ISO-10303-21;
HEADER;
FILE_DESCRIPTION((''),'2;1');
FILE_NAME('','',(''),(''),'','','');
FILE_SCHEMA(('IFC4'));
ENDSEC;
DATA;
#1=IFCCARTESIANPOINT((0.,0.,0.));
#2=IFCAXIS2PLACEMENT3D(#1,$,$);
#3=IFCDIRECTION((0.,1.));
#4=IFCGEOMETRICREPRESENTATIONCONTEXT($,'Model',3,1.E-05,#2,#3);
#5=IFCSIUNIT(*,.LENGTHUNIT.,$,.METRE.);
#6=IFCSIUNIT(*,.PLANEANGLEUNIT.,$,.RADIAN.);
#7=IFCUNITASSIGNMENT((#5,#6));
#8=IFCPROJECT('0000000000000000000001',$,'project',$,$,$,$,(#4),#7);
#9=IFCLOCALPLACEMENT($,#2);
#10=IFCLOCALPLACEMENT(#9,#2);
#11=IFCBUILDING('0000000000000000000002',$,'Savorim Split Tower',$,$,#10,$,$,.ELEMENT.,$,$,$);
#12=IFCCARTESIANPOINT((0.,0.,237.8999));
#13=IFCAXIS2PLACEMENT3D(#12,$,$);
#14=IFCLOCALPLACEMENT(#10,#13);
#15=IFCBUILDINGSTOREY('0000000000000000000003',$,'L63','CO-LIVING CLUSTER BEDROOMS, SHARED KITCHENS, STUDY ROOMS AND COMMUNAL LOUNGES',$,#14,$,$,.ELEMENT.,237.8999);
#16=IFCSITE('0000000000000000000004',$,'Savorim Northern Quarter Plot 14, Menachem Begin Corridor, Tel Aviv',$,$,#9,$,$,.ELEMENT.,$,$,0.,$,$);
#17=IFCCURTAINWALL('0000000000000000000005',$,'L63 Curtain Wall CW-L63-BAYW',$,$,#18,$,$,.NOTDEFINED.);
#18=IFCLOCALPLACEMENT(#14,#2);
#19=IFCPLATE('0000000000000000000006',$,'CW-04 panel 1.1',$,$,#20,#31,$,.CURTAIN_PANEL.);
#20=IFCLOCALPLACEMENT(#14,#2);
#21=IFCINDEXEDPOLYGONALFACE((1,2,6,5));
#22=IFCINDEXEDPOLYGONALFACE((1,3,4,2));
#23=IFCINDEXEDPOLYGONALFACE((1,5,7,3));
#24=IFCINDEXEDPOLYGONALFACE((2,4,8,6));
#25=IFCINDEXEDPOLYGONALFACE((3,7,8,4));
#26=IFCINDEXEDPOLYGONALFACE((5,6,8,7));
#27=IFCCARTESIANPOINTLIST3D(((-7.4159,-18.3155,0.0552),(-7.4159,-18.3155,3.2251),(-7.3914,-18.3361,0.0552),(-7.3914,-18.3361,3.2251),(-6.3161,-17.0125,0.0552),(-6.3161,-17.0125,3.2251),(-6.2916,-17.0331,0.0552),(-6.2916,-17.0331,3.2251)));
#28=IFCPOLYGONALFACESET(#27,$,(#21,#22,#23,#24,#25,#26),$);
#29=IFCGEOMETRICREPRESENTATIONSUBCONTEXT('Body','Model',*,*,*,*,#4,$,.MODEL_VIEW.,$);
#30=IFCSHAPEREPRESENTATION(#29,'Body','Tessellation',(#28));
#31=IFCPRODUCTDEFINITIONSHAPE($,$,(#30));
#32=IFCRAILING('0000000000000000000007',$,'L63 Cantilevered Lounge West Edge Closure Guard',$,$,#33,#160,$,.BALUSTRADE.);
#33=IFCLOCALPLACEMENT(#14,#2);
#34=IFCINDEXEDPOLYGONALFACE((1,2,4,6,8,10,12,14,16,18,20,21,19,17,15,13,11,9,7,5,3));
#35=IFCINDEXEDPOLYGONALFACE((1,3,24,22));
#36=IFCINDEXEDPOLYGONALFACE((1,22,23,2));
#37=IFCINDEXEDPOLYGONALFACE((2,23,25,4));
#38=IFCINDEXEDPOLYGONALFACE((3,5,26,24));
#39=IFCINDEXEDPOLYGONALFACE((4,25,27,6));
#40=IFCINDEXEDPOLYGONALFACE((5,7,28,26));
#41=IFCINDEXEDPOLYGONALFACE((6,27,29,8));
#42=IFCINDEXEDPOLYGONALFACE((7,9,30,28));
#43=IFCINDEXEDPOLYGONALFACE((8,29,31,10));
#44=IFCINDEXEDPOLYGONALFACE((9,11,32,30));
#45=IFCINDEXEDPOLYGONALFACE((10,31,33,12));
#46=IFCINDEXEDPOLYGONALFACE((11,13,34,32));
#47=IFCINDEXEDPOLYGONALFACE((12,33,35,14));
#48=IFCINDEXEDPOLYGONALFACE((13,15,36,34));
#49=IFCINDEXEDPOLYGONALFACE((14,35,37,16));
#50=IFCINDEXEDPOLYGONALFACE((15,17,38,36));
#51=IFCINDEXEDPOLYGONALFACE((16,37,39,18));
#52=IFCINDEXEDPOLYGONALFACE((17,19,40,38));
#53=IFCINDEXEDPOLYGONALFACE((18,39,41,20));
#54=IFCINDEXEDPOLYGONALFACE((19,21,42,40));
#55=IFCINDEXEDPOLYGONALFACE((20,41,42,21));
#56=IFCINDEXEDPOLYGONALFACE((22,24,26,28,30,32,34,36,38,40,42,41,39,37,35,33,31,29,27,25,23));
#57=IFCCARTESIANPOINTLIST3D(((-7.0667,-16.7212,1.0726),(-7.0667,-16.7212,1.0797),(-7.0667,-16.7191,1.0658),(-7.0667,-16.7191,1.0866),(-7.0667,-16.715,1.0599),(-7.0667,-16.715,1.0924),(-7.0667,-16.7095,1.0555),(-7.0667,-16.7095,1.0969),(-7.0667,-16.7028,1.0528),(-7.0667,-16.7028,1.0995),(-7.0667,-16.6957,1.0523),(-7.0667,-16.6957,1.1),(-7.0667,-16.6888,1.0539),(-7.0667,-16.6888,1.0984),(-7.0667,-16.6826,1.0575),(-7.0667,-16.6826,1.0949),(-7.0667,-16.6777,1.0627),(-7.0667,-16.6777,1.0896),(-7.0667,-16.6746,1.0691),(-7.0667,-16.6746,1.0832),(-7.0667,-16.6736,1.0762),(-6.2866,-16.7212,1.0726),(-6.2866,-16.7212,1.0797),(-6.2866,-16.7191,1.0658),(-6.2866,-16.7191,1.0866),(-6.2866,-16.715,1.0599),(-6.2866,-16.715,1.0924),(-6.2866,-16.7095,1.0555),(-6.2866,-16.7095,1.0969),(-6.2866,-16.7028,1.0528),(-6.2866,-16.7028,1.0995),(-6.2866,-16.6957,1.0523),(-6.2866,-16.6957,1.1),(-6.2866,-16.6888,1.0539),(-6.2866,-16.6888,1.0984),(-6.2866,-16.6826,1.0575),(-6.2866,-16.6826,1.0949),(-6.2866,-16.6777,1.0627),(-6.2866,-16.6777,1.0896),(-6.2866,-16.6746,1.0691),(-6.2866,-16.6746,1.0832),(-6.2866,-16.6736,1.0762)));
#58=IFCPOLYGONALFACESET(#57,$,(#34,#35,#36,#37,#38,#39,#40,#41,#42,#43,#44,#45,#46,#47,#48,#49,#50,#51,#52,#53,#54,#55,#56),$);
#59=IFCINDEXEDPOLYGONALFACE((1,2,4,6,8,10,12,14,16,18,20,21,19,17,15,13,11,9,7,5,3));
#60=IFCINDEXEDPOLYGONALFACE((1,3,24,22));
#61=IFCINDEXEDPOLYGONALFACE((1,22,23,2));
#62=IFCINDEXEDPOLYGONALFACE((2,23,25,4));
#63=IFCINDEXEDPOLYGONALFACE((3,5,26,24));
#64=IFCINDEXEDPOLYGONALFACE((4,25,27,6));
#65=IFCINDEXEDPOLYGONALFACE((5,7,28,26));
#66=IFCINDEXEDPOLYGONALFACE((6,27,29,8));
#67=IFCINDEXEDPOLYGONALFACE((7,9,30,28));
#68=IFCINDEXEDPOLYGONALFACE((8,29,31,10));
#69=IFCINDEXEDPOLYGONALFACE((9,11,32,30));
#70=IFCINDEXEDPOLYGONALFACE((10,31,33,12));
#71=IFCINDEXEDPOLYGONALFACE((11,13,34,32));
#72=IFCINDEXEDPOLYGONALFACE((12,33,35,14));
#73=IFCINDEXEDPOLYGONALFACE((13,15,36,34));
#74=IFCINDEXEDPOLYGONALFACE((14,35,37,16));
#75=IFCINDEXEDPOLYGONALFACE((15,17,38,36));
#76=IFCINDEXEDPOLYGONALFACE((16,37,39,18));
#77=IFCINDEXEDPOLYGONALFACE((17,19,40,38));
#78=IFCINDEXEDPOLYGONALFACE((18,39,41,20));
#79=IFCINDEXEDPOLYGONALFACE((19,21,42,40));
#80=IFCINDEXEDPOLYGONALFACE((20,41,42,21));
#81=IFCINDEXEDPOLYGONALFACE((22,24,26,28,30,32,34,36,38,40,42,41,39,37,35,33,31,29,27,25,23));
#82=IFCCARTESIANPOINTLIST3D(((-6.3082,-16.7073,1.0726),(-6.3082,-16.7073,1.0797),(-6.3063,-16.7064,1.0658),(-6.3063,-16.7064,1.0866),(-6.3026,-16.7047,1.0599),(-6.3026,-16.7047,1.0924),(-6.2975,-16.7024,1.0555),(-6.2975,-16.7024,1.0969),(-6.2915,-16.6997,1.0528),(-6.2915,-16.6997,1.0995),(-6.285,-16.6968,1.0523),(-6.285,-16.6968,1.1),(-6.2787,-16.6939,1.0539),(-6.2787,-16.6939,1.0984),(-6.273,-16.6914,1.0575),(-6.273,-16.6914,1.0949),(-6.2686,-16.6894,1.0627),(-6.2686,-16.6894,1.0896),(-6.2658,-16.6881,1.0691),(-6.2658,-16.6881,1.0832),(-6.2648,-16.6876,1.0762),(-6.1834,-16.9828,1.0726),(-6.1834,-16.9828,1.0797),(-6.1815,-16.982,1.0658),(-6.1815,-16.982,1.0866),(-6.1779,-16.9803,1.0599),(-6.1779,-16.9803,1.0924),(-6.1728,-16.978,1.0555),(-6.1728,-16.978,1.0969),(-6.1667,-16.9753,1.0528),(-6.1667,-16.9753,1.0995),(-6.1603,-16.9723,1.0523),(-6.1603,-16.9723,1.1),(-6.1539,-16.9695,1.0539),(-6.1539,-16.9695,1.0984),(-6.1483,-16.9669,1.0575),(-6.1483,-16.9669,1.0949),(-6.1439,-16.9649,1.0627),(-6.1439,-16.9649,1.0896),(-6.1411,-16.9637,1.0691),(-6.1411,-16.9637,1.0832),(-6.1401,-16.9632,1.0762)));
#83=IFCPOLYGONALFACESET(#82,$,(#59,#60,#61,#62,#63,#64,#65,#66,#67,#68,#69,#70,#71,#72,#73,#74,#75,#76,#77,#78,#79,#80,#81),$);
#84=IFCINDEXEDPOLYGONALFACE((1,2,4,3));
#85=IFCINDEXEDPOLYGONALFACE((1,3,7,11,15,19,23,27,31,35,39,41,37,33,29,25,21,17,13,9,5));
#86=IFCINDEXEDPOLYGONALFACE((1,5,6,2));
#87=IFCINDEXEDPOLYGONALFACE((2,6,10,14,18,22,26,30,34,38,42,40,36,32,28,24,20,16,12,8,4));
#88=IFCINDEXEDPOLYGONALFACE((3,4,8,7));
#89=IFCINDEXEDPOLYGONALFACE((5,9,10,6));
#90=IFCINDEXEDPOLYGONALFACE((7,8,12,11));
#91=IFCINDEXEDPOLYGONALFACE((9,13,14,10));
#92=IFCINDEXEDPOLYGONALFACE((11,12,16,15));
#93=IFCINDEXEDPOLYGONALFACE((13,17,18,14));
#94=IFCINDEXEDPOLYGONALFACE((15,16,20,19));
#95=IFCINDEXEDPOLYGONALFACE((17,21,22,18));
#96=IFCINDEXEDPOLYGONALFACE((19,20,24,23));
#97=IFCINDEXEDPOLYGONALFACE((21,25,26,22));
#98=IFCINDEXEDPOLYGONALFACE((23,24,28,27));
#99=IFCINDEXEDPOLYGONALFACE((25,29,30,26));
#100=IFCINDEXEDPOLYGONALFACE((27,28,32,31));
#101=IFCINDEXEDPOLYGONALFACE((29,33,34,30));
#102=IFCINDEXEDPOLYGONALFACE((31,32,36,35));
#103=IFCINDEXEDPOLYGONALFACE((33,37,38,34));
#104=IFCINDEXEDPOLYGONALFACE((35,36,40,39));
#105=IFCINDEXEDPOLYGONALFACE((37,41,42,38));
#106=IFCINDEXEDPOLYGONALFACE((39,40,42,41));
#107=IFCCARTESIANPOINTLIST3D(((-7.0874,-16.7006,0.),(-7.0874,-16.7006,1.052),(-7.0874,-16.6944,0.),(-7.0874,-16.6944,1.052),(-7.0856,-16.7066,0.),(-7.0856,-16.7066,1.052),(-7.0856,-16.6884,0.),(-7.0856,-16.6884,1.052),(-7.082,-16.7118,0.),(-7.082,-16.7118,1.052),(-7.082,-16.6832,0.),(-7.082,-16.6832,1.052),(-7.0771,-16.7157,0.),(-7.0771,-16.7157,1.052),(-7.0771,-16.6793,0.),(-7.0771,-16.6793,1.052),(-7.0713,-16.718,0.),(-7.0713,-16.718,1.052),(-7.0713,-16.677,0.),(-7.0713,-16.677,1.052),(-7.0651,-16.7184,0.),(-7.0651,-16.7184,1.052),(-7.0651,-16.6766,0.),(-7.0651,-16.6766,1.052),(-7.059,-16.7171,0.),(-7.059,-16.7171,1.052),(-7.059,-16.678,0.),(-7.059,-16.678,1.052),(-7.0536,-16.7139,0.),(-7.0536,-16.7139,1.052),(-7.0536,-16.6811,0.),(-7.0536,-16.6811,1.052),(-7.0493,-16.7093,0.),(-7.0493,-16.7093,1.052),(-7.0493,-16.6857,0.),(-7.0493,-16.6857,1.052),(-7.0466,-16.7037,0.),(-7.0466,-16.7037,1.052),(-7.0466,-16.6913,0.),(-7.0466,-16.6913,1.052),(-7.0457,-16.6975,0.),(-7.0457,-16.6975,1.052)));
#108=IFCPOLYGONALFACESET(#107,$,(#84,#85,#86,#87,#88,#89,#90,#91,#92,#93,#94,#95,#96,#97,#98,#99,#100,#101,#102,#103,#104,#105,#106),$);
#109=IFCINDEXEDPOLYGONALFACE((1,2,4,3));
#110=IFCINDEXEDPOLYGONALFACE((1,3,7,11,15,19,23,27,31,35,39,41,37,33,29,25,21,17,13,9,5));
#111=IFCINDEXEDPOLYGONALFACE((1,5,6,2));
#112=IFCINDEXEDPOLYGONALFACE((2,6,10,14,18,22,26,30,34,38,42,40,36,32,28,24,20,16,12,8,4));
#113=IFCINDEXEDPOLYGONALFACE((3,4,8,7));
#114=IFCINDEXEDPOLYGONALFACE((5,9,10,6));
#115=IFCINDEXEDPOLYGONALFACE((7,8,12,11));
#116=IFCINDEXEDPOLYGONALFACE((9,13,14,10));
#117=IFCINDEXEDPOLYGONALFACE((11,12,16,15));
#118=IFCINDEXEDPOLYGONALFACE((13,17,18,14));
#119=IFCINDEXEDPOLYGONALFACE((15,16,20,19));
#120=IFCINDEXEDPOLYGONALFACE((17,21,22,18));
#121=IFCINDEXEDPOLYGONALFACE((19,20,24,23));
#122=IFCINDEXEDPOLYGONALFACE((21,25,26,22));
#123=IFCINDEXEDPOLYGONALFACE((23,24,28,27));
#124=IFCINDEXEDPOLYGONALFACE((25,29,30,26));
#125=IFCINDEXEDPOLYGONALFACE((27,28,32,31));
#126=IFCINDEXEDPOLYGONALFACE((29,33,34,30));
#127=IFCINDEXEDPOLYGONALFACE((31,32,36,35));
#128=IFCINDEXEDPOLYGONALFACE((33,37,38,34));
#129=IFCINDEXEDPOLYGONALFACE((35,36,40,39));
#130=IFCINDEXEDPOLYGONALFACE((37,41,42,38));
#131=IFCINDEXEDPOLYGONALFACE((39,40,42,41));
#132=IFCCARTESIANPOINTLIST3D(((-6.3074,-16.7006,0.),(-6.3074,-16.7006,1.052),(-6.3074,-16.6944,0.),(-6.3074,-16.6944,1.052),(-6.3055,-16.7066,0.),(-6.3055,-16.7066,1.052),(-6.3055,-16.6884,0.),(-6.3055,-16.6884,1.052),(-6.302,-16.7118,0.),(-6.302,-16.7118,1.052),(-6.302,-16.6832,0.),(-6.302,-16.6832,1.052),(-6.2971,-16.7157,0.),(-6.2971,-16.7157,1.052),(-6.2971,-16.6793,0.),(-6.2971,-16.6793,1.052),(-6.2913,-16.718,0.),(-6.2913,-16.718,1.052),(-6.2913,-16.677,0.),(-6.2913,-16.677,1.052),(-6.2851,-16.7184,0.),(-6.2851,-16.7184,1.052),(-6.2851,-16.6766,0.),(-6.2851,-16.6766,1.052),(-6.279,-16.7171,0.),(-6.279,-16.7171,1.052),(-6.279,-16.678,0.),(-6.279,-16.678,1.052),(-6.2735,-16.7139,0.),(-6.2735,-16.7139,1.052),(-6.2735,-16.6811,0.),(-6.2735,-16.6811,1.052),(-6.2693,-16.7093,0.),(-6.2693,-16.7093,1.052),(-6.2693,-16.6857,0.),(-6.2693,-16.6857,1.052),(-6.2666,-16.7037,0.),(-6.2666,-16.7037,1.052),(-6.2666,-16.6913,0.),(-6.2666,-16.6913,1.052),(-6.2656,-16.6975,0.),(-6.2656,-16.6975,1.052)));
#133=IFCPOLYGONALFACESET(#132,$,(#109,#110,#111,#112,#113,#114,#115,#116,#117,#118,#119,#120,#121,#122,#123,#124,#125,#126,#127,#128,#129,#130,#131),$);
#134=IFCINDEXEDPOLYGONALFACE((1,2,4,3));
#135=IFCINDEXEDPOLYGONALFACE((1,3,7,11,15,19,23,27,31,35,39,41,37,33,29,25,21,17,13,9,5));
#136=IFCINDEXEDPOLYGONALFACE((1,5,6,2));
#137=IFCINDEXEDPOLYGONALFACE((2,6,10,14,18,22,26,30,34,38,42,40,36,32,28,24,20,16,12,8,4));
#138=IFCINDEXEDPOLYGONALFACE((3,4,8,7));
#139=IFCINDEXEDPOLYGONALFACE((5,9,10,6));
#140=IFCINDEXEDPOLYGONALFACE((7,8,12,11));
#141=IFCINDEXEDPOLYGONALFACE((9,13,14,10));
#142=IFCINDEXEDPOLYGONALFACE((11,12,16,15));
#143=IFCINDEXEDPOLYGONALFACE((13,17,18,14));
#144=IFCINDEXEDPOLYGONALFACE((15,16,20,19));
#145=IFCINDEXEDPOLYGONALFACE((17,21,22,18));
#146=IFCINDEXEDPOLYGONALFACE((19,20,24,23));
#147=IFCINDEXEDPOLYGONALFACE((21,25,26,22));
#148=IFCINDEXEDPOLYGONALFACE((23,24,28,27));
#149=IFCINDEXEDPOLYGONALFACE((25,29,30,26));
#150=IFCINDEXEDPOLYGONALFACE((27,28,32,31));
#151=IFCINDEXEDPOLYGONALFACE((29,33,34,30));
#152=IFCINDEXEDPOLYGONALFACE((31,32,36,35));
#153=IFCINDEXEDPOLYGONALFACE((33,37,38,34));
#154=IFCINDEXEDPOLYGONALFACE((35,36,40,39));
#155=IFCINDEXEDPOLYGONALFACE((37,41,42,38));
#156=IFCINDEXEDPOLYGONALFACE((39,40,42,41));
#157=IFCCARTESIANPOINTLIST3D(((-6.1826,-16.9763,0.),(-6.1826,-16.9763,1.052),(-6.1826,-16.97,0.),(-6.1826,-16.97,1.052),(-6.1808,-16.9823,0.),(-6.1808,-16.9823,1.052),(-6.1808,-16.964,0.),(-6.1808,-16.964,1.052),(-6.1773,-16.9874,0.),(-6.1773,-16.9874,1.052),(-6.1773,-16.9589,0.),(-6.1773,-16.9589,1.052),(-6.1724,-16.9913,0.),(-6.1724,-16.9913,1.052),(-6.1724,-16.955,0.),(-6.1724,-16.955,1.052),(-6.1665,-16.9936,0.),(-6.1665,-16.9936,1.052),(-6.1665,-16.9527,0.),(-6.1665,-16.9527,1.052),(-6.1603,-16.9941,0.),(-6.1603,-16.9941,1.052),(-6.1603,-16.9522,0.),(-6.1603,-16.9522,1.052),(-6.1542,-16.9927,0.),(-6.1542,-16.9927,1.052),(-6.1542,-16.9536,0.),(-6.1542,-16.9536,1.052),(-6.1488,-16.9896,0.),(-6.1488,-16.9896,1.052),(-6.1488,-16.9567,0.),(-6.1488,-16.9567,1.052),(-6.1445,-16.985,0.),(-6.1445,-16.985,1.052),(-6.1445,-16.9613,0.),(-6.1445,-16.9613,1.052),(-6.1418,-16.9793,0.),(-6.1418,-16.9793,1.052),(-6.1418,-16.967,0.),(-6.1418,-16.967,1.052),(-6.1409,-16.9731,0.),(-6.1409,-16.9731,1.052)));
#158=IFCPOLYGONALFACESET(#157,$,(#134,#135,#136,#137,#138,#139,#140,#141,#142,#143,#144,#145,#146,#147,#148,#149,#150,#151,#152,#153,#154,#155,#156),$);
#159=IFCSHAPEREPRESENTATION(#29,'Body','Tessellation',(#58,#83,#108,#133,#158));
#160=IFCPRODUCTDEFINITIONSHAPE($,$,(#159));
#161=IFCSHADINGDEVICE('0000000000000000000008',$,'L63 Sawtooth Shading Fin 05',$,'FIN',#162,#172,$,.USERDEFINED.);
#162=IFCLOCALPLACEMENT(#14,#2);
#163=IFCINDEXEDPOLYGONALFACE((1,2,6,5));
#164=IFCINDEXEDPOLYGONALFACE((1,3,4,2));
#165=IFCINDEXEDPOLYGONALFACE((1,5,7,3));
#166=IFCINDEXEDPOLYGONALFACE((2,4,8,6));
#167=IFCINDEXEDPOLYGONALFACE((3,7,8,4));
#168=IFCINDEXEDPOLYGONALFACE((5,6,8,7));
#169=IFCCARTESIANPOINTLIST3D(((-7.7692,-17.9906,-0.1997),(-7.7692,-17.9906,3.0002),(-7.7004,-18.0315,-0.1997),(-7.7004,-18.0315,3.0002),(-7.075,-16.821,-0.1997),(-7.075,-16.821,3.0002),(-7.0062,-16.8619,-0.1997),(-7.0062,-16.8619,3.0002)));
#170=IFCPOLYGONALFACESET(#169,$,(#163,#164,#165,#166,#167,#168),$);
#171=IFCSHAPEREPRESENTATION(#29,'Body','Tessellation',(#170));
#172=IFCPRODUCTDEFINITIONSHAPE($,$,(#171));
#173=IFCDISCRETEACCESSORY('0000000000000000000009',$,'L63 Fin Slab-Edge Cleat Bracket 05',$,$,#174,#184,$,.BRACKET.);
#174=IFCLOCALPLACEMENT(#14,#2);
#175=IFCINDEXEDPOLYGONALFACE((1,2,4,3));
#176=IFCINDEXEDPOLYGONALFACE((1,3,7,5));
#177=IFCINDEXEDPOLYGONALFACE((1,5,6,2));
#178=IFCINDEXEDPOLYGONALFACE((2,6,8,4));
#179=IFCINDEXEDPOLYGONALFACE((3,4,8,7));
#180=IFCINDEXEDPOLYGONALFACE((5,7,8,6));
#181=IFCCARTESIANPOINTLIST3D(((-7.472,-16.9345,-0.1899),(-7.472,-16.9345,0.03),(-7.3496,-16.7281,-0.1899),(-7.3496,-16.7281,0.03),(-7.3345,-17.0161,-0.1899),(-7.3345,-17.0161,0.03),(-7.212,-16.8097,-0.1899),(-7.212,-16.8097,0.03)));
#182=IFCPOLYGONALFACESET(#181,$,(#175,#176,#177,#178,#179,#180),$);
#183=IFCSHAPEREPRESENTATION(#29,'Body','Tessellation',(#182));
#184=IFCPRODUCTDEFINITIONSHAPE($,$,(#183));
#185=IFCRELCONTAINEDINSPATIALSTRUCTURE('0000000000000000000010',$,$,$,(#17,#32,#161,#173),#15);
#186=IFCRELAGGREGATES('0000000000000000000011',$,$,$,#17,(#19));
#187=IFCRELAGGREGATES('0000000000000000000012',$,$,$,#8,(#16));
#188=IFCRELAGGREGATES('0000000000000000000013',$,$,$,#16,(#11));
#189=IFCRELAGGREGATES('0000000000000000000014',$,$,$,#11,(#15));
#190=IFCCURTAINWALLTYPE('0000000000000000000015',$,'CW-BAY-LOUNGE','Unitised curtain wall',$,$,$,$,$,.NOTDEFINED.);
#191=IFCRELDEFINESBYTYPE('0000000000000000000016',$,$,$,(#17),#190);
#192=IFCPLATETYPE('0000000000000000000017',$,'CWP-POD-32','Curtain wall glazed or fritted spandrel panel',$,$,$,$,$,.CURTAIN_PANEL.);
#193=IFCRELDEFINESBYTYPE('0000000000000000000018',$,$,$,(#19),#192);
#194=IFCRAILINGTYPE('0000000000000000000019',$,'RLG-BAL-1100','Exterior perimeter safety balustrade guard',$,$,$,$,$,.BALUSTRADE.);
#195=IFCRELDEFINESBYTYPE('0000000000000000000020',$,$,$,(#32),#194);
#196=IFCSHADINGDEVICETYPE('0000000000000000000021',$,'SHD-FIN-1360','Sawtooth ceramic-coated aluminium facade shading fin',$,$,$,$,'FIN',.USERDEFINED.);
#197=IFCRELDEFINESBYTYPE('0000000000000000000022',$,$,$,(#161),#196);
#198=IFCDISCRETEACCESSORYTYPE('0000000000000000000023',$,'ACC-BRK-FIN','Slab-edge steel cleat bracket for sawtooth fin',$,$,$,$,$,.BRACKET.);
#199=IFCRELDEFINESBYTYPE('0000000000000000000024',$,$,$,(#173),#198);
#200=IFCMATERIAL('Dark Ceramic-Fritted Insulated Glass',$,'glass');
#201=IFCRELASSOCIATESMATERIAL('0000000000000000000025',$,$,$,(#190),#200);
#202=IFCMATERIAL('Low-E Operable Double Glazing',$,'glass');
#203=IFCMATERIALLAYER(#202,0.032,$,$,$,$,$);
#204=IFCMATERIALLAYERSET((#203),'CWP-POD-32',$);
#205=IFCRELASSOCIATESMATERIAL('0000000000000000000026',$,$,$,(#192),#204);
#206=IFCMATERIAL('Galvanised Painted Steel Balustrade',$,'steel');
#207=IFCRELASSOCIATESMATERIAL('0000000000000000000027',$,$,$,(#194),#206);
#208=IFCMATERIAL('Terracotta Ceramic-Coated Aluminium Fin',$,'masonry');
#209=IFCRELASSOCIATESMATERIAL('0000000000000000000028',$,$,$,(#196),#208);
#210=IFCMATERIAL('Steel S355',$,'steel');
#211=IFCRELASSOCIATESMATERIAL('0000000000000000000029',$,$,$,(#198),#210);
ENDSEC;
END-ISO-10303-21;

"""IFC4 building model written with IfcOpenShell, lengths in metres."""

from ifc_helpers import new_model, si_unit, direction, frame, origin, origin_2d, place, context, subcontext, project, spatial, rectangle, circle, extrude, material, layer, layer_set, type_object, element, aggregate, save


model = new_model("IFC4")

# Units and contexts
model_context = context("Model", 3, precision=1e-05, world=origin(), true_north=direction((0.0, 1.0)))
body_context = subcontext(model_context, "Body", "Model", "MODEL_VIEW")
ifc_project = project(units=[si_unit("LENGTHUNIT", "METRE"), si_unit("PLANEANGLEUNIT", "RADIAN")], contexts=[model_context])

# Site, building, storey
site_placement = place(None, origin())
site = spatial("IfcSite", under=ifc_project, at=site_placement, Name="Savorim Northern Quarter Plot 14, Menachem Begin Corridor, Tel Aviv", CompositionType="ELEMENT", RefElevation=0.0)
building_placement = place(site_placement, origin())
building = spatial("IfcBuilding", under=site, at=building_placement, Name="Savorim Split Tower", CompositionType="ELEMENT")
storey_placement = place(building_placement, frame((0.0, 0.0, 237.8999)))
storey = spatial("IfcBuildingStorey", under=building, at=storey_placement, Name="L63", Description="CO-LIVING CLUSTER BEDROOMS, SHARED KITCHENS, STUDY ROOMS AND COMMUNAL LOUNGES", CompositionType="ELEMENT", Elevation=237.8999)

# Shared definitions
ifc_material_1 = material(Name="Dark Ceramic-Fritted Insulated Glass", Category="glass")

# Curtain wall
curtain_wall_type_1 = type_object("IfcCurtainWallType", Name="CW-BAY-LOUNGE", Description="Unitised curtain wall", PredefinedType="NOTDEFINED", material=ifc_material_1)
curtain_wall_1_placement = place(storey_placement, origin())
curtain_wall_1 = element("IfcCurtainWall", 1, at=curtain_wall_1_placement, inside=storey, type_object=curtain_wall_type_1, Name="L63 Curtain Wall CW-L63-BAYW", PredefinedType="NOTDEFINED")

# Plate
ifc_material_2 = material(Name="Low-E Operable Double Glazing", Category="glass")
ifc_layer_1 = layer(ifc_material_2, 0.032)
ifc_layer_set_1 = layer_set([ifc_layer_1], Name="CWP-POD-32")
plate_type_1 = type_object("IfcPlateType", Name="CWP-POD-32", Description="Curtain wall glazed or fritted spandrel panel", PredefinedType="CURTAIN_PANEL", material=ifc_layer_set_1)
plate_1_placement = place(storey_placement, frame((-6.8538, -17.6743, 0.0552), z_axis=(0.0, 0.0, 1.0), x_axis=(-0.645006, -0.764177, 0.0)))
plate_1 = element("IfcPlate", 2, at=plate_1_placement, type_object=plate_type_1, Name="CW-04 panel 1.1", PredefinedType="CURTAIN_PANEL", context=body_context, shape_type="SweptSolid", body=[
    extrude(rectangle(XDim=1.7051, YDim=0.032, at=origin_2d()), origin(), (0.0, 0.0, 1.0), 3.1699),
])
aggregate(curtain_wall_1, [plate_1])

# Railing
ifc_material_3 = material(Name="Galvanised Painted Steel Balustrade", Category="steel")
railing_type = type_object("IfcRailingType", Name="RLG-BAL-1100", Description="Exterior perimeter safety balustrade guard", PredefinedType="BALUSTRADE", material=ifc_material_3)
railing_placement = place(storey_placement, frame((-7.0667, -16.6975, 0.0)))
element("IfcRailing", 3, at=railing_placement, inside=storey, type_object=railing_type, Name="L63 Cantilevered Lounge West Edge Closure Guard", PredefinedType="BALUSTRADE", context=body_context, shape_type="SweptSolid", body=[
    extrude(circle(Radius=0.0239, at=origin_2d()), frame((0.0, 0.0, 1.0762), z_axis=(1.0, 0.0, 0.0), x_axis=(0.0, 1.0, 0.0)), (0.0, 0.0, 1.0), 0.78),
    extrude(circle(Radius=0.0239, at=origin_2d()), frame((0.78, 0.0, 1.0762), z_axis=(0.412343, -0.911029, 0.0), x_axis=(0.911029, 0.412343, 0.0)), (0.0, 0.0, 1.0), 0.3025),
    extrude(circle(Radius=0.021, at=origin_2d()), origin(), (0.0, 0.0, 1.0), 1.052),
    extrude(circle(Radius=0.021, at=origin_2d()), frame((0.78, 0.0, 0.0)), (0.0, 0.0, 1.0), 1.052),
    extrude(circle(Radius=0.021, at=origin_2d()), frame((0.9048, -0.2756, 0.0)), (0.0, 0.0, 1.0), 1.052),
])

# Shading device
ifc_material_4 = material(Name="Terracotta Ceramic-Coated Aluminium Fin", Category="masonry")
shading_device_type = type_object("IfcShadingDeviceType", Name="SHD-FIN-1360", Description="Sawtooth ceramic-coated aluminium facade shading fin", ElementType="FIN", PredefinedType="USERDEFINED", material=ifc_material_4)
shading_device_placement = place(storey_placement, frame((-7.3877, -17.4263, -0.1997), z_axis=(0.0, 0.0, 1.0), x_axis=(-0.510391, -0.859942, 0.0)))
element("IfcShadingDevice", 4, at=shading_device_placement, inside=storey, type_object=shading_device_type, Name="L63 Sawtooth Shading Fin 05", ObjectType="FIN", PredefinedType="USERDEFINED", context=body_context, shape_type="SweptSolid", body=[
    extrude(rectangle(XDim=1.3601, YDim=0.0801, at=origin_2d()), origin(), (0.0, 0.0, 1.0), 3.2),
])

# Discrete accessory
ifc_material_5 = material(Name="Steel S355", Category="steel")
discrete_accessory_type = type_object("IfcDiscreteAccessoryType", Name="ACC-BRK-FIN", Description="Slab-edge steel cleat bracket for sawtooth fin", PredefinedType="BRACKET", material=ifc_material_5)
discrete_accessory_placement = place(storey_placement, frame((-7.342, -16.8721, -0.1899), z_axis=(0.0, 0.0, 1.0), x_axis=(-0.510391, -0.859942, 0.0)))
element("IfcDiscreteAccessory", 5, at=discrete_accessory_placement, inside=storey, type_object=discrete_accessory_type, Name="L63 Fin Slab-Edge Cleat Bracket 05", PredefinedType="BRACKET", context=body_context, shape_type="SweptSolid", body=[
    extrude(rectangle(XDim=0.24, YDim=0.1599, at=origin_2d()), origin(), (0.0, 0.0, 1.0), 0.22),
])

save(model, "model.ifc")
